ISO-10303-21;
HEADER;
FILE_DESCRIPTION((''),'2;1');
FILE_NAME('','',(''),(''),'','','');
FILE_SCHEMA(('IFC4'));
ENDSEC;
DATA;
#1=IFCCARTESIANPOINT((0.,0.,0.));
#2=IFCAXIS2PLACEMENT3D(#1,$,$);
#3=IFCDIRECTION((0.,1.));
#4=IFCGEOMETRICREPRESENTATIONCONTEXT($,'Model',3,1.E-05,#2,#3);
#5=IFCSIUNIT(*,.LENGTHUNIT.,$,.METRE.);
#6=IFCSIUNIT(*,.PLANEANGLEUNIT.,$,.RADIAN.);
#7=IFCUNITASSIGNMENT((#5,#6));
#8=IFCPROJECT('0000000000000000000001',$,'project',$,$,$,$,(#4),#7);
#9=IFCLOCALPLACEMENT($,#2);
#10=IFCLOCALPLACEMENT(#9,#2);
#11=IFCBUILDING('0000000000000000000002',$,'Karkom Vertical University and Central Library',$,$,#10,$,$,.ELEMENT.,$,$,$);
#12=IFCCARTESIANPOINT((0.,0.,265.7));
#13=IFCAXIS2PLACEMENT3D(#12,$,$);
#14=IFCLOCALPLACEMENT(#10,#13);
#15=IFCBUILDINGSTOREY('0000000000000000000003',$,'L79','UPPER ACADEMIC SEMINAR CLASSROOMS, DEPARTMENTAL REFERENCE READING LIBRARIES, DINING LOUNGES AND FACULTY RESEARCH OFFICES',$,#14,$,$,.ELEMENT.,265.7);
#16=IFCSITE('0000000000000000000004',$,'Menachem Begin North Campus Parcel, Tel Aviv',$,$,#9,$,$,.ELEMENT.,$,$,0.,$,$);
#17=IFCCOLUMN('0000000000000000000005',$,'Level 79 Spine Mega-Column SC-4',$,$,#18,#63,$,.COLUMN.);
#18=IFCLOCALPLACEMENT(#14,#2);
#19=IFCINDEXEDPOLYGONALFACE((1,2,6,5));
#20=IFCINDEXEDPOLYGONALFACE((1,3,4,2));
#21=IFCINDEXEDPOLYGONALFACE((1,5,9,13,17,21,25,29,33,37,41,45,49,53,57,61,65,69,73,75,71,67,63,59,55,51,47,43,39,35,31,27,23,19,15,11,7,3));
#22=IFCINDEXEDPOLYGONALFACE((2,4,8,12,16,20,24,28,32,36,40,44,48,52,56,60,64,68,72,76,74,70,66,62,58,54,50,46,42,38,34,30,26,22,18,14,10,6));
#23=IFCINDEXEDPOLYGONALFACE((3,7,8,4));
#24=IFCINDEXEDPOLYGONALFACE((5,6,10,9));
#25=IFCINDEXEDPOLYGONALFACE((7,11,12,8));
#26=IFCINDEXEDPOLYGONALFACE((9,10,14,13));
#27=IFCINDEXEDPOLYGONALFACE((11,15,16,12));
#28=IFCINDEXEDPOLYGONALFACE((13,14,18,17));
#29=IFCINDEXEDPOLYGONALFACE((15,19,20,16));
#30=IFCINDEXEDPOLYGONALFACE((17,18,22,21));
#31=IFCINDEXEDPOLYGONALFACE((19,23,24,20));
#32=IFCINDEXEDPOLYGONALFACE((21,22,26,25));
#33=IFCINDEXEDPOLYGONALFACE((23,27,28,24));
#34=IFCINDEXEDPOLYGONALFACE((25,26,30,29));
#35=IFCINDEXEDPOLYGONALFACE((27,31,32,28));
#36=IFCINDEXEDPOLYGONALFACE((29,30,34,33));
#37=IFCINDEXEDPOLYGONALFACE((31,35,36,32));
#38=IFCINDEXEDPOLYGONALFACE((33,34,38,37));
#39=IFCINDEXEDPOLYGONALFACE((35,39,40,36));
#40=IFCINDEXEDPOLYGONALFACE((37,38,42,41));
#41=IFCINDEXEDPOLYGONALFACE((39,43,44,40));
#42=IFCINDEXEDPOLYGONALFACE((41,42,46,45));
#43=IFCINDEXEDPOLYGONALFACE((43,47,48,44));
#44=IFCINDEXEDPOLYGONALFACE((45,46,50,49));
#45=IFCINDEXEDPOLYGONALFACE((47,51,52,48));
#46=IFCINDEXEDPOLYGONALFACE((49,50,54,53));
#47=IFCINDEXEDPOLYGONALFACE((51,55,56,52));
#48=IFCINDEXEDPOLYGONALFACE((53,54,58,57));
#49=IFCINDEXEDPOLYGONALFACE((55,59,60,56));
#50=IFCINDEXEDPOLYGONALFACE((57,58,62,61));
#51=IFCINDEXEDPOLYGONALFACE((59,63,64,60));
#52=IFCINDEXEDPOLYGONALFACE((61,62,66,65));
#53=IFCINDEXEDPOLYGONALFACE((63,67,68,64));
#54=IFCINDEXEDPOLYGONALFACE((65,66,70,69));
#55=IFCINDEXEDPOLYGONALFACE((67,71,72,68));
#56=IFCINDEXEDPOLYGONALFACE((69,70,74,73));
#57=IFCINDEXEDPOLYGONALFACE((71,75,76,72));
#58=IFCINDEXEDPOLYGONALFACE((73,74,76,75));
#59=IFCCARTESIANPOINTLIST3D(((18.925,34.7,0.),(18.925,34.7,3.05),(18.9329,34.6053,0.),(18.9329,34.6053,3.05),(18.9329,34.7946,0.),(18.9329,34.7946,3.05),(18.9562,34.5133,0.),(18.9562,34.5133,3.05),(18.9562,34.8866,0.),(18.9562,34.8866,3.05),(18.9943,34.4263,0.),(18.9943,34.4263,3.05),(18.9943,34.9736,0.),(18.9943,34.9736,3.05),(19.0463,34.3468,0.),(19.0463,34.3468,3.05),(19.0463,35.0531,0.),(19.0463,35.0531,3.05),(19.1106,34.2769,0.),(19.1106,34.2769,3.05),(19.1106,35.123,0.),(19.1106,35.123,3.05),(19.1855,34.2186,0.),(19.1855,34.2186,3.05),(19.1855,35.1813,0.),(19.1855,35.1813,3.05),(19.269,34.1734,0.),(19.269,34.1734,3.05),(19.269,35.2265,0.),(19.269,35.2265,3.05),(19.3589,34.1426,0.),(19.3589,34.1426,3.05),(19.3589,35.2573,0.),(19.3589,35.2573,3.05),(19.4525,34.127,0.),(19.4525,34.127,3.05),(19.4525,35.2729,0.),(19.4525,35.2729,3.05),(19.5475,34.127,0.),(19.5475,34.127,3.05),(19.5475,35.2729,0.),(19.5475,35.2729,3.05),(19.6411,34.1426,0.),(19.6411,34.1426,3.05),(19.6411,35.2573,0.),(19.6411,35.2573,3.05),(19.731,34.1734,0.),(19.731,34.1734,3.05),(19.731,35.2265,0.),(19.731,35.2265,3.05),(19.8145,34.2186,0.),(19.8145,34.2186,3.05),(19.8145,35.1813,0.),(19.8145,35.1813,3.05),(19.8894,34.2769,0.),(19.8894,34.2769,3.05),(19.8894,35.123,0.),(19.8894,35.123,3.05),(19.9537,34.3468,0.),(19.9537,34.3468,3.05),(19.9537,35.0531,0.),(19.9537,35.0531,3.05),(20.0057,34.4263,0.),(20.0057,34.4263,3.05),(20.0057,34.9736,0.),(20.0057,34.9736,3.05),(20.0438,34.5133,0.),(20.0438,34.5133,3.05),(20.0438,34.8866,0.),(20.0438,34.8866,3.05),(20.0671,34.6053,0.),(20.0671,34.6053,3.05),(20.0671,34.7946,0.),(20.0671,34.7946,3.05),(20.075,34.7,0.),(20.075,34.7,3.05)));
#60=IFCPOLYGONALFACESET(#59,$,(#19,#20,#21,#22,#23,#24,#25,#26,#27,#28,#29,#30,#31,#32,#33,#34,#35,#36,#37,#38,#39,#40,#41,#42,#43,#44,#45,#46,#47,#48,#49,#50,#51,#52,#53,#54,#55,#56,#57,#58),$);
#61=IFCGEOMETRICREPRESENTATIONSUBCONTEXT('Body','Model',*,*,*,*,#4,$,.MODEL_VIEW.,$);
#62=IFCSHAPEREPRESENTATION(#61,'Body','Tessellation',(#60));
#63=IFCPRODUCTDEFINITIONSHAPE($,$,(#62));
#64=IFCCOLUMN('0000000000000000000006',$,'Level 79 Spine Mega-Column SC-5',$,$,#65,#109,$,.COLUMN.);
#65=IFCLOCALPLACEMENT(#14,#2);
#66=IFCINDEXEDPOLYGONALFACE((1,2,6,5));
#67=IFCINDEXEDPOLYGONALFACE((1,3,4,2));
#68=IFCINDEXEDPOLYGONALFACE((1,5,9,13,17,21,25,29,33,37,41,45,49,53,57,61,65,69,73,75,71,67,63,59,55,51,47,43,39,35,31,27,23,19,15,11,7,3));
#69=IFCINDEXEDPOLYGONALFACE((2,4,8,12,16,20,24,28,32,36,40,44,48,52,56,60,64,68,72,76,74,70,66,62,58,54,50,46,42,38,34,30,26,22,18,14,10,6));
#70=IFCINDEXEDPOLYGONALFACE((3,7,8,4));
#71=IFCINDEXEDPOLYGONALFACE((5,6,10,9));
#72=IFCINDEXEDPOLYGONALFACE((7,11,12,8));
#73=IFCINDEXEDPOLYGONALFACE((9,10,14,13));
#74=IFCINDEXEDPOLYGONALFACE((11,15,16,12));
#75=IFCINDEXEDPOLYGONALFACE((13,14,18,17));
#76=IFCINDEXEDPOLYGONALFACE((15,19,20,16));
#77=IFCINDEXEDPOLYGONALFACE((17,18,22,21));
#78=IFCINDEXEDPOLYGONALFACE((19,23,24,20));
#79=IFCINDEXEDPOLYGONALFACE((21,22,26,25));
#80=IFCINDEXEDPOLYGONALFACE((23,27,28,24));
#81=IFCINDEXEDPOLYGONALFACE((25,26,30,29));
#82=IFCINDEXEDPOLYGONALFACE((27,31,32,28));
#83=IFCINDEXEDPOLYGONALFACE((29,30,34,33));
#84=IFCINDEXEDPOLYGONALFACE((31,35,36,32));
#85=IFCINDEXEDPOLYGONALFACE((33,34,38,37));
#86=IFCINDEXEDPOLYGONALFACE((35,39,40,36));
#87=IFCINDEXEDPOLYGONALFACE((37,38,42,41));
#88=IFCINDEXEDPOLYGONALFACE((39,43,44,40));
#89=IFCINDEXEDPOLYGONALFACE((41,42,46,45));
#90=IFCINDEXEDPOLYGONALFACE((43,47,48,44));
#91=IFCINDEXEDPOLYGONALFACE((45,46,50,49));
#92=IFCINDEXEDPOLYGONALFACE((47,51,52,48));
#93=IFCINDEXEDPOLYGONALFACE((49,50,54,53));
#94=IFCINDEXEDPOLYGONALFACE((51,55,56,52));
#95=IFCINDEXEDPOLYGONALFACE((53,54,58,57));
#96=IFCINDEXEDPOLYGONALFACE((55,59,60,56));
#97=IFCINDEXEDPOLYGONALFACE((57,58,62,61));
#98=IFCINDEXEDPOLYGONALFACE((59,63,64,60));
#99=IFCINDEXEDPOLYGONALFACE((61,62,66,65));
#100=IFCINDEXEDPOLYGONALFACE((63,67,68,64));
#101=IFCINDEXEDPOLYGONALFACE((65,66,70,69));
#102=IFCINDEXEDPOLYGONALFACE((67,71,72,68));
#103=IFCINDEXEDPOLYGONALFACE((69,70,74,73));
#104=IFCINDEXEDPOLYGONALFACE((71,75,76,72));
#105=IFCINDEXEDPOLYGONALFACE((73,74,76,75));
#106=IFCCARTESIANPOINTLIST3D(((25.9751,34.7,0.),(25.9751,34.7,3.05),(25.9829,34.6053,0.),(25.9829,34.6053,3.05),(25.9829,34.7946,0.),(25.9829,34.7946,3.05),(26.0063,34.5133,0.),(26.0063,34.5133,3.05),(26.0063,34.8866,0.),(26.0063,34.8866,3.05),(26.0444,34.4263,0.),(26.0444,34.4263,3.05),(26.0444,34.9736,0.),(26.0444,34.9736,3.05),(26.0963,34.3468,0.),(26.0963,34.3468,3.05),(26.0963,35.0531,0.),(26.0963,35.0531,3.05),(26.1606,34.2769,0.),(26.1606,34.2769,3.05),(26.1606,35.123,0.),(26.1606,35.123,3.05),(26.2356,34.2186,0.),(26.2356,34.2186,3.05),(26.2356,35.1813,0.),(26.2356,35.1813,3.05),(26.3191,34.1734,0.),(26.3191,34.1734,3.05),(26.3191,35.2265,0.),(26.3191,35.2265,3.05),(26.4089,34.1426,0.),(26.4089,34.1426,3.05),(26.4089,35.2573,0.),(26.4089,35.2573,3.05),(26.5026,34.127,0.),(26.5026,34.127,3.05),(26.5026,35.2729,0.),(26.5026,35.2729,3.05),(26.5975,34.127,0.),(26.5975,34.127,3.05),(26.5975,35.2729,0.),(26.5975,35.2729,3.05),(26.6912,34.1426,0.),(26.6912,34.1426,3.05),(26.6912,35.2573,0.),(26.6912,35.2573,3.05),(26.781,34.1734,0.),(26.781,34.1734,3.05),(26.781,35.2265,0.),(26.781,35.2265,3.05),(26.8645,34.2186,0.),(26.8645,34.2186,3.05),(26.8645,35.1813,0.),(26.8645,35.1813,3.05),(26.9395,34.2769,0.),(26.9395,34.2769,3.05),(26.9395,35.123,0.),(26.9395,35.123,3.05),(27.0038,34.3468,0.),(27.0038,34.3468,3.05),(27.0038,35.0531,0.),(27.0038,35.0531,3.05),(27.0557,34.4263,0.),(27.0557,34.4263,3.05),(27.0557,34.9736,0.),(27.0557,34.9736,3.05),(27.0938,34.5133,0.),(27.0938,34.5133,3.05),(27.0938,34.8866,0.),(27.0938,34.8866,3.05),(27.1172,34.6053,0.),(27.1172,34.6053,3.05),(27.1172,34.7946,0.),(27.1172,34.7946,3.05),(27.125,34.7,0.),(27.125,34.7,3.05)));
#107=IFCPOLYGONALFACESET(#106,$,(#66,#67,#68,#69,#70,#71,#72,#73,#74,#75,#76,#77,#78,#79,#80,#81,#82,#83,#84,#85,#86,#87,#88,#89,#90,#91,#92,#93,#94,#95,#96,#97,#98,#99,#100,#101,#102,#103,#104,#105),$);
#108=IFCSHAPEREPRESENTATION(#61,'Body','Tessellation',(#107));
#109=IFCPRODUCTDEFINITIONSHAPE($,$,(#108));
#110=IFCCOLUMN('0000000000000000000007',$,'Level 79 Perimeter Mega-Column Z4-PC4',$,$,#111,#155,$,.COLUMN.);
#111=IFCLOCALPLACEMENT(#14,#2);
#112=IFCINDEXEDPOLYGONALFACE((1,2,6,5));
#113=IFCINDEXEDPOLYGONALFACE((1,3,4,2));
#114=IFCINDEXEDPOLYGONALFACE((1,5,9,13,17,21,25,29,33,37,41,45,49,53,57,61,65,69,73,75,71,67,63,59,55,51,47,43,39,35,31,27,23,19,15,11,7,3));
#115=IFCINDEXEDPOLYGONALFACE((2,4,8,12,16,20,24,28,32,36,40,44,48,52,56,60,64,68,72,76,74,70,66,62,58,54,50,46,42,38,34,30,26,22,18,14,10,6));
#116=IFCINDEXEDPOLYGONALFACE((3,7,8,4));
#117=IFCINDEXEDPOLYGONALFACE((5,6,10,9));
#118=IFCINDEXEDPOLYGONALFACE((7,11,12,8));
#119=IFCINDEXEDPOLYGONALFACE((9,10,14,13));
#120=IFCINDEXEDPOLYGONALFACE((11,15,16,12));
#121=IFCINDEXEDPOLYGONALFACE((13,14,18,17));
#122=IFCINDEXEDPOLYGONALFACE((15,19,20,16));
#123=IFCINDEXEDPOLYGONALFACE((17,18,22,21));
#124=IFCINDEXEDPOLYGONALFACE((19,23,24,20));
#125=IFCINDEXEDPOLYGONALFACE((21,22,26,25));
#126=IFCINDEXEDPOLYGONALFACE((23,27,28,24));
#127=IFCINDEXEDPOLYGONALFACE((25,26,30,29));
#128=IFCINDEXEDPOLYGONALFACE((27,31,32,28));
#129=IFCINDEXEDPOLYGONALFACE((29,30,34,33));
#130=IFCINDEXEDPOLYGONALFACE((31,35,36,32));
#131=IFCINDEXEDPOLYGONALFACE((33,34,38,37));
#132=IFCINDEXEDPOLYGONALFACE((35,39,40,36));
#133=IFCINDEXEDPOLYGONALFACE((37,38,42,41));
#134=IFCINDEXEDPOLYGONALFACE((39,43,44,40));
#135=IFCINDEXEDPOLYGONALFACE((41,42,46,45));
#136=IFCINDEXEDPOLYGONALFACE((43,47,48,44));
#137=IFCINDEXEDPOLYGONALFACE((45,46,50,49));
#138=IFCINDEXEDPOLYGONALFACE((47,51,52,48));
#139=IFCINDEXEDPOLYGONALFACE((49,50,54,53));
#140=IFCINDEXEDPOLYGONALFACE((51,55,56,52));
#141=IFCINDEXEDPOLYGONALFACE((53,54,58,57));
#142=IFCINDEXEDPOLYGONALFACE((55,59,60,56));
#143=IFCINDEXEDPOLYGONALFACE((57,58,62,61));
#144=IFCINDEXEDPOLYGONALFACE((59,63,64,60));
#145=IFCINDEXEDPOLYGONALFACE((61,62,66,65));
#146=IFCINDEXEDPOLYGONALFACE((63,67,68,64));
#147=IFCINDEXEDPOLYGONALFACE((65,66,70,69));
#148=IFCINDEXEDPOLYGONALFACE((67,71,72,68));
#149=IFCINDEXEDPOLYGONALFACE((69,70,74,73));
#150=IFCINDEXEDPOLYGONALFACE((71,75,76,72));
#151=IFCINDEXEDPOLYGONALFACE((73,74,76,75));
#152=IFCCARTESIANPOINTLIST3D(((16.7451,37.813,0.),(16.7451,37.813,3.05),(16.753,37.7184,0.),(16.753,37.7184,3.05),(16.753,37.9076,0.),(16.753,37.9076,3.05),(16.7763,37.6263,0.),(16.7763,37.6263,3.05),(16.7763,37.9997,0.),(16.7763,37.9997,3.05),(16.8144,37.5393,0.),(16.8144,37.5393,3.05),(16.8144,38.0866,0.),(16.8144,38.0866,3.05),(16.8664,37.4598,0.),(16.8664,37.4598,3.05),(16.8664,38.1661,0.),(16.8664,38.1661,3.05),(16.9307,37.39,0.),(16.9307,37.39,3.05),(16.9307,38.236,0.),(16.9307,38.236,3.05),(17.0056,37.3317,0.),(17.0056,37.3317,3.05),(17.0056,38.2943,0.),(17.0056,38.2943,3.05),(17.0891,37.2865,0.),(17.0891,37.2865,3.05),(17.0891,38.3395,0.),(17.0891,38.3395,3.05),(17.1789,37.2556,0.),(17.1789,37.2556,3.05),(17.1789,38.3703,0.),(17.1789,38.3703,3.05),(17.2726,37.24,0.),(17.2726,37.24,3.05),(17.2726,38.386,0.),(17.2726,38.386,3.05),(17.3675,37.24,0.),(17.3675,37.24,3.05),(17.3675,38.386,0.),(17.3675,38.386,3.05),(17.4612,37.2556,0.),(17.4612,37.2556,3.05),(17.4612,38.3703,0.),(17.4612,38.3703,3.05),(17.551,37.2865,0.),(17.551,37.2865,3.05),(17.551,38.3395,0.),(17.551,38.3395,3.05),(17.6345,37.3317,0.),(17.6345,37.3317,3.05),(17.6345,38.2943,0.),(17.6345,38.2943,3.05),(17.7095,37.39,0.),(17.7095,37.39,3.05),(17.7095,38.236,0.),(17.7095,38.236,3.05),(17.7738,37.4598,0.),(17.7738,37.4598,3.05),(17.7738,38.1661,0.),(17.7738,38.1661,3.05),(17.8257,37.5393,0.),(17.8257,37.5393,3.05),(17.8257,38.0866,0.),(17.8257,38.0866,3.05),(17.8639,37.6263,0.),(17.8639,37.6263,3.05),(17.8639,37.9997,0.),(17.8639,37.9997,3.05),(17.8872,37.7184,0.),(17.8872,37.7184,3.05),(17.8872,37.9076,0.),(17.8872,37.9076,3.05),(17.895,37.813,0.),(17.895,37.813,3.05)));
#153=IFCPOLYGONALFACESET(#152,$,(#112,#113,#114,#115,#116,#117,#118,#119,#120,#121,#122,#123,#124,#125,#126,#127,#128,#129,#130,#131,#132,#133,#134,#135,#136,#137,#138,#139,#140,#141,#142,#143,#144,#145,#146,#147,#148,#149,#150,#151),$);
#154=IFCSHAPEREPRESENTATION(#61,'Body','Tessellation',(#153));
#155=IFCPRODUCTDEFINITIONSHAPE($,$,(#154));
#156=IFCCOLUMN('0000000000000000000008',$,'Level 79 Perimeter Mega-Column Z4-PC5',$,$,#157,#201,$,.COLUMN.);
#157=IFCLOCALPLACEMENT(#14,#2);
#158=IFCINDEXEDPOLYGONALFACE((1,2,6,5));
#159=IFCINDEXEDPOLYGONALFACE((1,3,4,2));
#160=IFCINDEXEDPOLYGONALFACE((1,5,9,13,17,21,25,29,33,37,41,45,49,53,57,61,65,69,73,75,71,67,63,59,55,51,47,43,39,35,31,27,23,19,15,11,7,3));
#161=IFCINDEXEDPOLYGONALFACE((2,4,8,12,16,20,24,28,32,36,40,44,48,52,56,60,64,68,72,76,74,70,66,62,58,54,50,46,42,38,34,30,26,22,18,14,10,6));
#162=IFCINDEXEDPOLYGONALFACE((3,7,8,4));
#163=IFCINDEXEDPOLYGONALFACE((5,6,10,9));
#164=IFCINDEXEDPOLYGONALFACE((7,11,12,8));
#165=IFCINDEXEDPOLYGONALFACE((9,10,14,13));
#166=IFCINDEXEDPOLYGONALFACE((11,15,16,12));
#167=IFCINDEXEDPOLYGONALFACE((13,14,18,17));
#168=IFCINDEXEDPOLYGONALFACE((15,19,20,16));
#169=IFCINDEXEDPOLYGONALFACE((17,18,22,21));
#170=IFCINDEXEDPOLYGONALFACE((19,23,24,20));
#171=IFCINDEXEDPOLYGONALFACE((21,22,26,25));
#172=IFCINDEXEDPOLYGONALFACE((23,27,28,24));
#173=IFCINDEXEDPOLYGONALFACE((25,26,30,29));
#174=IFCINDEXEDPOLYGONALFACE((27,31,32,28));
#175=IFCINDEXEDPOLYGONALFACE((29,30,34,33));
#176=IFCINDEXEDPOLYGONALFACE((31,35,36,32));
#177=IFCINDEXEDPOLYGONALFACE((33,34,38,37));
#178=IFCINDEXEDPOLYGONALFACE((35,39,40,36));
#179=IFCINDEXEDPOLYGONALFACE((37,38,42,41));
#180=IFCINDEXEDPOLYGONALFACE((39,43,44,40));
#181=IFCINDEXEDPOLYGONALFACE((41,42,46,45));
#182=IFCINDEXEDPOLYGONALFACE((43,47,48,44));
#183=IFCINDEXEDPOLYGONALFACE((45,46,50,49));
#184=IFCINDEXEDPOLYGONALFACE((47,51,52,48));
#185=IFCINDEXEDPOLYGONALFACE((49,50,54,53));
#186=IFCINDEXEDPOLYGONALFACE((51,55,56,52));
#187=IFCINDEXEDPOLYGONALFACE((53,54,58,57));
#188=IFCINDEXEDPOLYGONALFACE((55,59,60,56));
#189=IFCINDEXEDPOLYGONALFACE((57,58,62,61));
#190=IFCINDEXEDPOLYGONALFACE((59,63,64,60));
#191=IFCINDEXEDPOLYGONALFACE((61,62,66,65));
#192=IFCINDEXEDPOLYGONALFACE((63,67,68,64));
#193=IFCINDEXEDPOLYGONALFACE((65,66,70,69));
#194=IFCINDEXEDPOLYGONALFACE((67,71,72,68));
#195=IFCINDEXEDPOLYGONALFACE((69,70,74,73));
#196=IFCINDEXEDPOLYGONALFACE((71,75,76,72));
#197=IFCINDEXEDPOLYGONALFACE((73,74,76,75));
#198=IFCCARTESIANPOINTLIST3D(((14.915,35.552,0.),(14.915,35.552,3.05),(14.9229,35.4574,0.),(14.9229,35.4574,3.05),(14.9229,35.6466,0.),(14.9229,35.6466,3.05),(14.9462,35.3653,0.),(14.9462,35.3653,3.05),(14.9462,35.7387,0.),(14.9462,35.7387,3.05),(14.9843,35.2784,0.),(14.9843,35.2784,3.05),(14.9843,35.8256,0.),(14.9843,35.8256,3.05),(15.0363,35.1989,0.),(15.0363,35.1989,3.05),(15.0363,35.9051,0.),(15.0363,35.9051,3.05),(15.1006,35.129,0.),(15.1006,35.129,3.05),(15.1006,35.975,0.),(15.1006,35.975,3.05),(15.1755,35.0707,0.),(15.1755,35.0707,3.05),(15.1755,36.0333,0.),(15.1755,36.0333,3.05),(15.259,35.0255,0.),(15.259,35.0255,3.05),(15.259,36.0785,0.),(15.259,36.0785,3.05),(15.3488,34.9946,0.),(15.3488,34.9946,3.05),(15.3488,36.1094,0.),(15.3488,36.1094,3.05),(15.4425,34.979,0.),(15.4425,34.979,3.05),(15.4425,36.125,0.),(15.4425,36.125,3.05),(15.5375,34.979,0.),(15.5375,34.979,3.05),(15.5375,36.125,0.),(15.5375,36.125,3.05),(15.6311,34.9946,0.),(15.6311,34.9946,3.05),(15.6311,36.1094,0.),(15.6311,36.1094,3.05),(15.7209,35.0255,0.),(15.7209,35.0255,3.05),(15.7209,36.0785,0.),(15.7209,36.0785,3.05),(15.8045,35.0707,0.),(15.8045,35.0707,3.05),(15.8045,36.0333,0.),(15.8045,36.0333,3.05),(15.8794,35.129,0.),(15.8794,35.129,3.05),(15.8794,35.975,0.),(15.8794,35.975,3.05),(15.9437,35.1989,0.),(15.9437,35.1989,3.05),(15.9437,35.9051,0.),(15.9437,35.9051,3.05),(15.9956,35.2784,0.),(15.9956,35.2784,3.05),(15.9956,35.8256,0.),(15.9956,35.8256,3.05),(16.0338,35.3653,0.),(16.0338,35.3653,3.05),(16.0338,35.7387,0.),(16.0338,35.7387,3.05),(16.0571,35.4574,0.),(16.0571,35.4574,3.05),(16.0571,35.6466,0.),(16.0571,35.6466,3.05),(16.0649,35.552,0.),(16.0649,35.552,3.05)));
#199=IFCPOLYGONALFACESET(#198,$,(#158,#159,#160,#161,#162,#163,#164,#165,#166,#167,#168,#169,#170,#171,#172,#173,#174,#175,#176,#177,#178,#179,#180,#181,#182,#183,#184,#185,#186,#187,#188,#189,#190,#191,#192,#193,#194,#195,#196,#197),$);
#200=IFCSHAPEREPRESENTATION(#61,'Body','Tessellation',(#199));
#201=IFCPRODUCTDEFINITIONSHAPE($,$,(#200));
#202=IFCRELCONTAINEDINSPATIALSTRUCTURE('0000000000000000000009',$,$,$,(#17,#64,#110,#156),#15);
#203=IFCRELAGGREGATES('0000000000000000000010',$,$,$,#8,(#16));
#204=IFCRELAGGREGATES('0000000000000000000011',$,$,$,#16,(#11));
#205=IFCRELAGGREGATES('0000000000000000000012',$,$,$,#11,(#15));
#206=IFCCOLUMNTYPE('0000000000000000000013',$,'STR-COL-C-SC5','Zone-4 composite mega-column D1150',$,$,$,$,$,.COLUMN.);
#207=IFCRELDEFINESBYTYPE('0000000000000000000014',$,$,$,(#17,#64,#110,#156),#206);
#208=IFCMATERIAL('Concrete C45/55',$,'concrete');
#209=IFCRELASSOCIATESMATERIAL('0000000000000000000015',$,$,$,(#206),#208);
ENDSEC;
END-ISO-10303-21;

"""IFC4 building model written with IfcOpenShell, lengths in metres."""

from ifc_helpers import new_model, si_unit, direction, frame, origin, origin_with_axes, origin_2d, place, context, subcontext, project, spatial, circle, extrude, source, transform, mapped, material, material_profile, profile_set, type_object, element, save


model = new_model("IFC4")

# Units and contexts
model_context = context("Model", 3, precision=1e-05, world=origin(), true_north=direction((0.0, 1.0)))
body_context = subcontext(model_context, "Body", "Model", "MODEL_VIEW")
ifc_project = project(units=[si_unit("LENGTHUNIT", "METRE"), si_unit("PLANEANGLEUNIT", "RADIAN")], contexts=[model_context])

# Site, building, storey
site_placement = place(None, origin())
site = spatial("IfcSite", under=ifc_project, at=site_placement, Name="Menachem Begin North Campus Parcel, Tel Aviv", CompositionType="ELEMENT", RefElevation=0.0)
building_placement = place(site_placement, origin())
building = spatial("IfcBuilding", under=site, at=building_placement, Name="Karkom Vertical University and Central Library", CompositionType="ELEMENT")
storey_placement = place(building_placement, frame((0.0, 0.0, 265.7)))
storey = spatial("IfcBuildingStorey", under=building, at=storey_placement, Name="L79", Description="UPPER ACADEMIC SEMINAR CLASSROOMS, DEPARTMENTAL REFERENCE READING LIBRARIES, DINING LOUNGES AND FACULTY RESEARCH OFFICES", CompositionType="ELEMENT", Elevation=265.7)

# Columns
ifc_material_1 = material(Name="Concrete C45/55", Category="concrete")
ifc_material_profile_1 = material_profile(ifc_material_1, circle(Radius=0.575, at=origin_2d()), Name="CFT-D1150")
ifc_profile_set_1 = profile_set([ifc_material_profile_1], Name="Concrete C45/55")
column_type = type_object("IfcColumnType", Name="STR-COL-C-SC5", Description="Zone-4 composite mega-column D1150", PredefinedType="COLUMN", material=ifc_profile_set_1)
shared_shape_1 = source(origin_with_axes(), body_context, "Body", "SweptSolid", [
    extrude(circle(Radius=0.575, at=origin_2d()), origin(), (0.0, 0.0, 1.0), 3.05),
])
for number, where, z_axis, x_axis, name in (
    (1, (19.5, 34.7, 0.0), (0.0, 0.0, 1.0), (1.0, 0.0, 0.0), "Level 79 Spine Mega-Column SC-4"),
    (2, (26.55, 34.7, 0.0), (0.0, 0.0, 1.0), (1.0, 0.0, 0.0), "Level 79 Spine Mega-Column SC-5"),
    (3, (17.3201, 37.813, 0.0), (0.0, 0.0, 1.0), (1.0, 0.0, 0.0), "Level 79 Perimeter Mega-Column Z4-PC4"),
    (4, (15.49, 35.552, 0.0), (0.0, 0.0, 1.0), (1.0, 0.0, 0.0), "Level 79 Perimeter Mega-Column Z4-PC5"),
):
    element("IfcColumn", number, at=place(storey_placement, frame(where, z_axis=z_axis, x_axis=x_axis)), inside=storey, type_object=column_type, Name=name, PredefinedType="COLUMN", context=body_context, shape_type="MappedRepresentation", body=[
        mapped(shared_shape_1, transform((0.0, 0.0, 0.0), scale=1.0)),
    ])

save(model, "model.ifc")
